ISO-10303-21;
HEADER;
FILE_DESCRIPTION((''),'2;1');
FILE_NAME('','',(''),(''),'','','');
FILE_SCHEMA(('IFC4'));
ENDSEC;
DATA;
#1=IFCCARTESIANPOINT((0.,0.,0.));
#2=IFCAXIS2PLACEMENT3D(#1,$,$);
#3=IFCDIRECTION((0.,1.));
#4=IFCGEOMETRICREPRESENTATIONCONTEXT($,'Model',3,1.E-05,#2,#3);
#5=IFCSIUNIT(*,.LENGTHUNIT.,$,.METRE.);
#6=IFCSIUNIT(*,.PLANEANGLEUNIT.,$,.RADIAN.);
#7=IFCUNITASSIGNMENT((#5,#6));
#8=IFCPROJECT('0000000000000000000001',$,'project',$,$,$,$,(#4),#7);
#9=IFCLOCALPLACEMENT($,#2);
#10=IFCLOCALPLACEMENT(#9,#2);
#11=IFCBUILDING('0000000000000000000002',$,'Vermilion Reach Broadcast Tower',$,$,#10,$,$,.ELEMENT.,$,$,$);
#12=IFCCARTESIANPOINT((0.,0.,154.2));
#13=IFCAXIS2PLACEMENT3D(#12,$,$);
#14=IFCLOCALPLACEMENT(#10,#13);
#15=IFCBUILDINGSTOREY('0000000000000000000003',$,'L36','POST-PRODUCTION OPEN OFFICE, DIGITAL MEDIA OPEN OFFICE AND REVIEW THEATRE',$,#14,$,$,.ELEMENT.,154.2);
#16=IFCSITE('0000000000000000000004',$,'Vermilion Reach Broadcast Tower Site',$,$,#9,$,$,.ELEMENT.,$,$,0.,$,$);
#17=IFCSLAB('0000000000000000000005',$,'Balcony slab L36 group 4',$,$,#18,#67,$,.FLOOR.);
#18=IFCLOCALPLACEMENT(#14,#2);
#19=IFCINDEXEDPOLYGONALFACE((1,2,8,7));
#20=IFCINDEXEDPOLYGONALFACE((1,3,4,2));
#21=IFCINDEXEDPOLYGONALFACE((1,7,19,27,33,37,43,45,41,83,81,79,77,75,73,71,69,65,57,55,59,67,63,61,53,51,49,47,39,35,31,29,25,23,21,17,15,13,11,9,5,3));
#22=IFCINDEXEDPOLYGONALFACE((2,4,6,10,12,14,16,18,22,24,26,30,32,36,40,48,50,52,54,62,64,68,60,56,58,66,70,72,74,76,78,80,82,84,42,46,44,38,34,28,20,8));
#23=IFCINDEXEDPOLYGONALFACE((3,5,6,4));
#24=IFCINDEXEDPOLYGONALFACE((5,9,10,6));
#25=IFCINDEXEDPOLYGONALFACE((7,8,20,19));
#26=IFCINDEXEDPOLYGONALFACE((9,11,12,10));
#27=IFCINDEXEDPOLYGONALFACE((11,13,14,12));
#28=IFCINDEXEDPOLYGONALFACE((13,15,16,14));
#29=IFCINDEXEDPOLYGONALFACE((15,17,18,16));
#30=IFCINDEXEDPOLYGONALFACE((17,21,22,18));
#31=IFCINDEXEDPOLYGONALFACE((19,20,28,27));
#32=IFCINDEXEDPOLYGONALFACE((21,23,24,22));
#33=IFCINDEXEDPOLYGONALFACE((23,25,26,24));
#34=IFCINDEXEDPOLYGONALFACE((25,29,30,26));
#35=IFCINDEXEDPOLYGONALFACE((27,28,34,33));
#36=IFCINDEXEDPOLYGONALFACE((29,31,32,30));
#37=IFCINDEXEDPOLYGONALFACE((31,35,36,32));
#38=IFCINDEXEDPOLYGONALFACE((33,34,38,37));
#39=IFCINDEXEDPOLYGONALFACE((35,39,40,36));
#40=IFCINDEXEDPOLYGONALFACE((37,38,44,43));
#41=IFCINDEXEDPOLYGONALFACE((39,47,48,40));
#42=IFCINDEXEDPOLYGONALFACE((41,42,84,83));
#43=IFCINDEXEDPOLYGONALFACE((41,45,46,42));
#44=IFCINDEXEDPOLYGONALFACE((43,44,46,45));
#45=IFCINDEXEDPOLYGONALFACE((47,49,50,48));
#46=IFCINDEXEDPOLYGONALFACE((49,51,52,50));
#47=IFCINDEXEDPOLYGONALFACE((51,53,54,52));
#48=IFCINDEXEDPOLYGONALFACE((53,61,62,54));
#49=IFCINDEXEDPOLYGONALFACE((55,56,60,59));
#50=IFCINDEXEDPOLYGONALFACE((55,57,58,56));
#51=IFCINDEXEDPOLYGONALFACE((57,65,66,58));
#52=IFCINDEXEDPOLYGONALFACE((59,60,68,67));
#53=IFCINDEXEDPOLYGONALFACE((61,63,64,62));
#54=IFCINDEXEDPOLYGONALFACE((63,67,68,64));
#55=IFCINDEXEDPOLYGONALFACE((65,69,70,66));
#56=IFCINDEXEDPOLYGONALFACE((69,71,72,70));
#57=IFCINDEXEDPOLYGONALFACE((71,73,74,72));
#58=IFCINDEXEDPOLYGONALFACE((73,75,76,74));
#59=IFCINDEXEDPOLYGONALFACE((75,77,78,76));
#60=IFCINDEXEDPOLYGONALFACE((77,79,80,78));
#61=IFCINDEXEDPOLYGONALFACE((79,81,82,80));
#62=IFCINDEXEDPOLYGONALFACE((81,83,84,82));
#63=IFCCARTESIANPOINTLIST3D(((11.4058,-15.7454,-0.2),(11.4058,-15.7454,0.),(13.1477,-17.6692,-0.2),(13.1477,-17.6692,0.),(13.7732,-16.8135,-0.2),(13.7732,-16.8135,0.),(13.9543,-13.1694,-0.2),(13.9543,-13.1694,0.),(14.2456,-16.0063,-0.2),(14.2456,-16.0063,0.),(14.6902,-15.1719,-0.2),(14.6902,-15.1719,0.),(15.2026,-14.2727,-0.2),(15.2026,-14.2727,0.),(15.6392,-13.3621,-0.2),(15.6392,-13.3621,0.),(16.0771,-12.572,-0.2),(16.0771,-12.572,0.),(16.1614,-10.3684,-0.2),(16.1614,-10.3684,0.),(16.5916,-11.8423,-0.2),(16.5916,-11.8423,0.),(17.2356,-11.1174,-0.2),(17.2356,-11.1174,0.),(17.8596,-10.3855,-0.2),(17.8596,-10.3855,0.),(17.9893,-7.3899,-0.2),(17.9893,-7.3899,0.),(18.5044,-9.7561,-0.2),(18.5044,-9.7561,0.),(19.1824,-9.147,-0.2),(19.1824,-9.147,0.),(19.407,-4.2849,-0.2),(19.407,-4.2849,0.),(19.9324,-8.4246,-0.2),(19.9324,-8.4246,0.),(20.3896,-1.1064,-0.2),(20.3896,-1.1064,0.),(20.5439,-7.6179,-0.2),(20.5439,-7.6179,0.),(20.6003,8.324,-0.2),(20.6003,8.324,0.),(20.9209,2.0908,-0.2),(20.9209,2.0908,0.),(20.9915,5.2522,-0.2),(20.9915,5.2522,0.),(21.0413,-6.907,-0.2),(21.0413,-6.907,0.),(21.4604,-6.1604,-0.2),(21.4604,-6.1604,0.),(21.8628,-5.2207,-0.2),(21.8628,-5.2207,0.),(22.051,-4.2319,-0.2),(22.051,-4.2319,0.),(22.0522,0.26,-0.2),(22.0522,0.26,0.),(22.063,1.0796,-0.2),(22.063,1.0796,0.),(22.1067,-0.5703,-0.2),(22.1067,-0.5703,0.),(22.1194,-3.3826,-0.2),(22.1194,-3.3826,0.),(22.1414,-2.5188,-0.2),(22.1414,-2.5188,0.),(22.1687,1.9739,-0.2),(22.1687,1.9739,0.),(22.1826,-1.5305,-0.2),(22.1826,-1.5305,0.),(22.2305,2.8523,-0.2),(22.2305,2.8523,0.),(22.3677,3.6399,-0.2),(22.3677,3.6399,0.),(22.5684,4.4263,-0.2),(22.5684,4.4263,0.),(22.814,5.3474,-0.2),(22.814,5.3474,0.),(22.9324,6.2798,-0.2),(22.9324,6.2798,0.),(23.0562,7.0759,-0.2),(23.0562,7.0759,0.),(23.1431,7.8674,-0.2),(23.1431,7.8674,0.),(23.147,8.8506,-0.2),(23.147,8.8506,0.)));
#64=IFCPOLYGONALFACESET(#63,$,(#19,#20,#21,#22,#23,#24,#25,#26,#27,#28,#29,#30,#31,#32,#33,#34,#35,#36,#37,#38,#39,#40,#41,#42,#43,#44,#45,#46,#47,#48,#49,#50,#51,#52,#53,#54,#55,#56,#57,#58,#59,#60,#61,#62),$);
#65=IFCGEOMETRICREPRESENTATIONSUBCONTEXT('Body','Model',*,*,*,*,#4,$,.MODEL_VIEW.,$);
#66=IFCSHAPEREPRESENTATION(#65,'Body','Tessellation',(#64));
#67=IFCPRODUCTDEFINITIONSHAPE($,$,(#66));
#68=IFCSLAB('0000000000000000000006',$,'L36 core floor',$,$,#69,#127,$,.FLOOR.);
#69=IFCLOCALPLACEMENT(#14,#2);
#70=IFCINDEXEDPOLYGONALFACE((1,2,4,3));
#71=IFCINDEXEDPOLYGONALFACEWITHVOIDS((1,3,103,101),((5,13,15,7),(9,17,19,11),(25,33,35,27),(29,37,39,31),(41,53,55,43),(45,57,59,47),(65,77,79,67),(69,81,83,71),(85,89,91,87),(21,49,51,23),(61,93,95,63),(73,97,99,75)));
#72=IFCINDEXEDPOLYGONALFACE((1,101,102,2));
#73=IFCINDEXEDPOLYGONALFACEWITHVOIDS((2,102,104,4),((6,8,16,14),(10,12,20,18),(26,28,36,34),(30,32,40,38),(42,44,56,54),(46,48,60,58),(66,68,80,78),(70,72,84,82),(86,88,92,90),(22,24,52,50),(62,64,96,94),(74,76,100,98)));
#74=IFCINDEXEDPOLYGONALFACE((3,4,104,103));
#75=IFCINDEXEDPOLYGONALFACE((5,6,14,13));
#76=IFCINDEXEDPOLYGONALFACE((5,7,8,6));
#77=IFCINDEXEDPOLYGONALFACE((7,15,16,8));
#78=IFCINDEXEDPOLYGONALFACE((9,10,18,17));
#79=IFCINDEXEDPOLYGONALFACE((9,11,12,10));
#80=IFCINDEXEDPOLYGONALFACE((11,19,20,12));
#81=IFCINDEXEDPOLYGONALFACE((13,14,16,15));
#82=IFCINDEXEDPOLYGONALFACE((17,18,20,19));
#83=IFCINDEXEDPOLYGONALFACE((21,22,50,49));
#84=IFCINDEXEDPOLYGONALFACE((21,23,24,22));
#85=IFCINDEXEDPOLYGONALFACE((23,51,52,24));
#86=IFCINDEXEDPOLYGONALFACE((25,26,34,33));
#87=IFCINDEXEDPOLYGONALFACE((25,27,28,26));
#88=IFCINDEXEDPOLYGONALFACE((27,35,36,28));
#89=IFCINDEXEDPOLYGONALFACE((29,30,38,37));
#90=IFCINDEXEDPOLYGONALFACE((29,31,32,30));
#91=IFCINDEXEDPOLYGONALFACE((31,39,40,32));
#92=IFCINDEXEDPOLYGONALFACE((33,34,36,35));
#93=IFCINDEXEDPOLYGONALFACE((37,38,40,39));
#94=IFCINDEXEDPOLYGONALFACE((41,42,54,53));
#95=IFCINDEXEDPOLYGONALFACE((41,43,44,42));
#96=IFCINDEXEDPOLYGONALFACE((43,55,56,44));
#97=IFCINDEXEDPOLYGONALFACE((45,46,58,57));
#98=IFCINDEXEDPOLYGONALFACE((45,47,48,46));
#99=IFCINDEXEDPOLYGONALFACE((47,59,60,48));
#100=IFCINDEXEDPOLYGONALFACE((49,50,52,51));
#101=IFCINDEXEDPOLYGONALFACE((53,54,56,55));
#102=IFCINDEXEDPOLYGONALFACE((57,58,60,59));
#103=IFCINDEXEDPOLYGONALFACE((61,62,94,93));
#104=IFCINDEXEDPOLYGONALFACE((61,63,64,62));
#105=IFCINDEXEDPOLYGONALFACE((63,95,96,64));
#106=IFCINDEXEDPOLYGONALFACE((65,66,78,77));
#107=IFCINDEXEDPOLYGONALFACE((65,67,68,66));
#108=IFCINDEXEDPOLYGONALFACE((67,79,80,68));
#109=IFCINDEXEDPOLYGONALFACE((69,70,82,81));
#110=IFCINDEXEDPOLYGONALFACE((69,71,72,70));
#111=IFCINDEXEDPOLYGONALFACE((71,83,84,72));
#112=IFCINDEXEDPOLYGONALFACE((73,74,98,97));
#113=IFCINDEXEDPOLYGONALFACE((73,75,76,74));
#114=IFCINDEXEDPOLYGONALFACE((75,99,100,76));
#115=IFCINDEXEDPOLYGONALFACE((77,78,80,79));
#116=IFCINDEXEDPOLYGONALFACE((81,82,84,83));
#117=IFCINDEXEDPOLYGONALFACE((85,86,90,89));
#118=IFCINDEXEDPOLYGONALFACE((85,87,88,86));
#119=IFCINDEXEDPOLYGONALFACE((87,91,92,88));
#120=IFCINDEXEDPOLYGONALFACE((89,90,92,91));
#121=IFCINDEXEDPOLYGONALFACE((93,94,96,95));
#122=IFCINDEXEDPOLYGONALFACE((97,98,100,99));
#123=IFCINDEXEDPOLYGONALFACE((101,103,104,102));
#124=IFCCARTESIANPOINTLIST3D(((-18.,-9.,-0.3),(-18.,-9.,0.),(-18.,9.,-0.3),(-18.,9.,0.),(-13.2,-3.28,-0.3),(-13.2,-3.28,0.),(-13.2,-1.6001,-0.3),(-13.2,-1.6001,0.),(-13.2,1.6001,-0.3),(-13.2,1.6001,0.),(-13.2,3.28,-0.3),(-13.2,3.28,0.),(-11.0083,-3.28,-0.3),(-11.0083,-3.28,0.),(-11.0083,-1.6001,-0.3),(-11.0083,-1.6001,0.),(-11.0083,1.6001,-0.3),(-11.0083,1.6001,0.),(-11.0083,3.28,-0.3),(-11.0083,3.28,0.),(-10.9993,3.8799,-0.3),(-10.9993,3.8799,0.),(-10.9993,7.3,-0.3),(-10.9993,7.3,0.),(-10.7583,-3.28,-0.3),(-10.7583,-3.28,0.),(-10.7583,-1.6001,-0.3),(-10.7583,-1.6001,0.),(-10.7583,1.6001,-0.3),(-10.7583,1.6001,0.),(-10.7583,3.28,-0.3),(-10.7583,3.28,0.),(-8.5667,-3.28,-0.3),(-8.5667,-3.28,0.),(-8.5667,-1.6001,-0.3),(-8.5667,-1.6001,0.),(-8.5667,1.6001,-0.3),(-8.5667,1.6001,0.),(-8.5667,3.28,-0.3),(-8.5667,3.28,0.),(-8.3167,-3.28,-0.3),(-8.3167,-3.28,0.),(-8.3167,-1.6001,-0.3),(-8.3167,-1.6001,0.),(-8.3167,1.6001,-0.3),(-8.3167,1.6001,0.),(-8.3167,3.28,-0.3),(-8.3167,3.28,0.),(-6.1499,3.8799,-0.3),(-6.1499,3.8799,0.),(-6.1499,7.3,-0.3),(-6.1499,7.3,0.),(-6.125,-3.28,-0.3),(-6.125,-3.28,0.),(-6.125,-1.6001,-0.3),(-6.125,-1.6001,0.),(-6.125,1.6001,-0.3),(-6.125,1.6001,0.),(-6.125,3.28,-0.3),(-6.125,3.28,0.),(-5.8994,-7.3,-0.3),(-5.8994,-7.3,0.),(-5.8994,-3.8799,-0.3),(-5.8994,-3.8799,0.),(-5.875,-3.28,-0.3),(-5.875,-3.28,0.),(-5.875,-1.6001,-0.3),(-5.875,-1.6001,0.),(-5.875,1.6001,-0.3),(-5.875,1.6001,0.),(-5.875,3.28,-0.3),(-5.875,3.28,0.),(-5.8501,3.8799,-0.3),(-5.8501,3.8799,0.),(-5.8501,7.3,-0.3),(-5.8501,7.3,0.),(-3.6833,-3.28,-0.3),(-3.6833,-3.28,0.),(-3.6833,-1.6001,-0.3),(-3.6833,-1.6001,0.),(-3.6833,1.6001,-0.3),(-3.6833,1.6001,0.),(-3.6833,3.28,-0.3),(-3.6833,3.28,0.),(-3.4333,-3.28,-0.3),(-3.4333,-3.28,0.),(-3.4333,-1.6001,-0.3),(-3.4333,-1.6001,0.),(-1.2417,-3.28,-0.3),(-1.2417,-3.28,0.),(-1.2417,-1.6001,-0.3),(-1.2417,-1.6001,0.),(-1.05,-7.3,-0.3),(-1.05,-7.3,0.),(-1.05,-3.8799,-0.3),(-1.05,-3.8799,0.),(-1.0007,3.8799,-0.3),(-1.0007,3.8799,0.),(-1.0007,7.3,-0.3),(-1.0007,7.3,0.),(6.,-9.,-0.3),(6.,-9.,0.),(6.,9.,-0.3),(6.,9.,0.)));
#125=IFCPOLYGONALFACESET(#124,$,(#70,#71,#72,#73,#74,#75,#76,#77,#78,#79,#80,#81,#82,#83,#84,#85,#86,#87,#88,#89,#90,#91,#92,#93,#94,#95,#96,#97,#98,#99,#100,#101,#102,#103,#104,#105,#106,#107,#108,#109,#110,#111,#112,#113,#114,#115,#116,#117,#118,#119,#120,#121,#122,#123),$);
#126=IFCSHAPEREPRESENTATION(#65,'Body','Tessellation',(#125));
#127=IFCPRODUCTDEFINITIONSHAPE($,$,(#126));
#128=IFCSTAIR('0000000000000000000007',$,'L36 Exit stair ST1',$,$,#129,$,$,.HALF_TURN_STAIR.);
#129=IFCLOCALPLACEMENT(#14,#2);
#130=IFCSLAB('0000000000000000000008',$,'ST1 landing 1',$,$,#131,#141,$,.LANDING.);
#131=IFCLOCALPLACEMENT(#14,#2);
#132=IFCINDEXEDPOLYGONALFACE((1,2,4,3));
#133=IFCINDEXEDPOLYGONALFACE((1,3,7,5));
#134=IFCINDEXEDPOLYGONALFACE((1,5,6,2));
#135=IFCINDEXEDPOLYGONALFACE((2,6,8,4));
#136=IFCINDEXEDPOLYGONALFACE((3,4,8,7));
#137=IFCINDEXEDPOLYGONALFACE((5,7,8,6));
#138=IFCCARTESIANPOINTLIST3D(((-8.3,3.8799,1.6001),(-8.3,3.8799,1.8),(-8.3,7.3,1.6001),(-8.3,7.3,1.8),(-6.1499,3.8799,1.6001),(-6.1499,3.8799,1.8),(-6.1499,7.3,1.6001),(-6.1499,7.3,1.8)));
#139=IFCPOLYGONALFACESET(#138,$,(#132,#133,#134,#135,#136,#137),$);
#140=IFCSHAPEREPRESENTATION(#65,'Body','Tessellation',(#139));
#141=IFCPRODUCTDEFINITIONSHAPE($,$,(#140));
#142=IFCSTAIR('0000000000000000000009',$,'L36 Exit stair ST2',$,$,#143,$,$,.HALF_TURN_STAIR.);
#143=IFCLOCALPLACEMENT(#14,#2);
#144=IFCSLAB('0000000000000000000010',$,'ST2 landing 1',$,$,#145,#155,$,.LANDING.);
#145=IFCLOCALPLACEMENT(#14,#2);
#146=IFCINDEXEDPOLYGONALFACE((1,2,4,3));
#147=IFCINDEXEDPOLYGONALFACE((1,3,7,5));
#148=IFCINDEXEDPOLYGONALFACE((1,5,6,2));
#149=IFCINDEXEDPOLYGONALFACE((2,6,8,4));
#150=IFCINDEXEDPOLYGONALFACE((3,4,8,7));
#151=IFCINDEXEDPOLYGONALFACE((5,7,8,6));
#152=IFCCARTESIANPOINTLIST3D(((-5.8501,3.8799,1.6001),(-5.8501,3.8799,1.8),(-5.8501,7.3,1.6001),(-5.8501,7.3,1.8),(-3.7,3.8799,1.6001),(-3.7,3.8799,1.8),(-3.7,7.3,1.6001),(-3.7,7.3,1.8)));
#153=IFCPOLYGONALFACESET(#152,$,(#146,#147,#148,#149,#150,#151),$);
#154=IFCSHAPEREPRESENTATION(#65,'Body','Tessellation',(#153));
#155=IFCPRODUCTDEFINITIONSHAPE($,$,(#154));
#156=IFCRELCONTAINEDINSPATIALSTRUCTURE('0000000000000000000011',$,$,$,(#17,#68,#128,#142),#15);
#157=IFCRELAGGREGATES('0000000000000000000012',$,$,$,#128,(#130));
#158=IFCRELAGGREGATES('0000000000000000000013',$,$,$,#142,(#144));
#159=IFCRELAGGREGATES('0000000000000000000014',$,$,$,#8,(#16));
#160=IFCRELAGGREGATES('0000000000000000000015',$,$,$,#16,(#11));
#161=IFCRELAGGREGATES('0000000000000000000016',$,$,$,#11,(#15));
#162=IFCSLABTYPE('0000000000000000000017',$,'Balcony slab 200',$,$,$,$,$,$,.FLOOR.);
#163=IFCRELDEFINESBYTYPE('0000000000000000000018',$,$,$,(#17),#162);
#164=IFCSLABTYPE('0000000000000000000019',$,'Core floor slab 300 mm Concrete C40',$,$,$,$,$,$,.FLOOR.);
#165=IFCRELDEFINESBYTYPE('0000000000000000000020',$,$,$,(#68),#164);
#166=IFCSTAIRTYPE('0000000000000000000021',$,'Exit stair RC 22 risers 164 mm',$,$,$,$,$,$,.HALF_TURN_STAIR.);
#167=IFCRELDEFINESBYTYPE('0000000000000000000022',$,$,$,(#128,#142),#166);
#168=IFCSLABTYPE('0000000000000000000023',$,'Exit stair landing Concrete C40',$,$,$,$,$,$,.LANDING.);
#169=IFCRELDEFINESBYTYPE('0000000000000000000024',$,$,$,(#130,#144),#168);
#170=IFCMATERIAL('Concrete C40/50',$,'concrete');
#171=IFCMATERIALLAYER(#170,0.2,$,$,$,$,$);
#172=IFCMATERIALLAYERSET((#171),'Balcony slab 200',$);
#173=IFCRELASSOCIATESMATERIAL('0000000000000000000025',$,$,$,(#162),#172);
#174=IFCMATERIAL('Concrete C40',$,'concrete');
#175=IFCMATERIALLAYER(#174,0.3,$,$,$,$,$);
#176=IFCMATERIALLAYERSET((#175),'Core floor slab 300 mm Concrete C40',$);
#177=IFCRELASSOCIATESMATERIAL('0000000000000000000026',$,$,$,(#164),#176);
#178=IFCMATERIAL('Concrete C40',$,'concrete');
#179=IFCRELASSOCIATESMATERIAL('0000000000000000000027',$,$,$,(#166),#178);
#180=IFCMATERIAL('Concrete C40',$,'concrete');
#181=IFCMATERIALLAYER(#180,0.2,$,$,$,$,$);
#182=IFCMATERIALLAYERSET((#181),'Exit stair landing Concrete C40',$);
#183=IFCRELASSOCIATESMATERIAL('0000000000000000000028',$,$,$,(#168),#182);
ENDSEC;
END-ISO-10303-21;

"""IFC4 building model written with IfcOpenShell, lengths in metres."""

from ifc_helpers import new_model, si_unit, direction, frame, origin, place, context, subcontext, project, spatial, polyline, outline, extrude, material, layer, layer_set, type_object, element, aggregate, save


model = new_model("IFC4")

# Units and contexts
model_context = context("Model", 3, precision=1e-05, world=origin(), true_north=direction((0.0, 1.0)))
body_context = subcontext(model_context, "Body", "Model", "MODEL_VIEW")
ifc_project = project(units=[si_unit("LENGTHUNIT", "METRE"), si_unit("PLANEANGLEUNIT", "RADIAN")], contexts=[model_context])

# Site, building, storey
site_placement = place(None, origin())
site = spatial("IfcSite", under=ifc_project, at=site_placement, Name="Vermilion Reach Broadcast Tower Site", CompositionType="ELEMENT", RefElevation=0.0)
building_placement = place(site_placement, origin())
building = spatial("IfcBuilding", under=site, at=building_placement, Name="Vermilion Reach Broadcast Tower", CompositionType="ELEMENT")
storey_placement = place(building_placement, frame((0.0, 0.0, 154.2)))
storey = spatial("IfcBuildingStorey", under=building, at=storey_placement, Name="L36", Description="POST-PRODUCTION OPEN OFFICE, DIGITAL MEDIA OPEN OFFICE AND REVIEW THEATRE", CompositionType="ELEMENT", Elevation=154.2)

# Slabs
ifc_material_1 = material(Name="Concrete C40/50", Category="concrete")
ifc_layer_1 = layer(ifc_material_1, 0.2)
ifc_layer_set_1 = layer_set([ifc_layer_1], Name="Balcony slab 200")
slab_type_1 = type_object("IfcSlabType", Name="Balcony slab 200", PredefinedType="FLOOR", material=ifc_layer_set_1)
placement_1 = place(storey_placement, frame((0.0, 0.0, -0.2)))
element("IfcSlab", 1, at=placement_1, inside=storey, type_object=slab_type_1, Name="Balcony slab L36 group 4", PredefinedType="FLOOR", context=body_context, shape_type="SweptSolid", body=[
    extrude(outline(polyline([(11.4058, -15.7454), (13.9543, -13.1694), (16.1614, -10.3684), (17.9893, -7.3899), (19.407, -4.2849), (20.3896, -1.1064), (20.9209, 2.0908), (20.9915, 5.2522), (20.6003, 8.324), (23.147, 8.8506), (23.1431, 7.8674), (23.0562, 7.0759), (22.9324, 6.2798), (22.814, 5.3474), (22.5684, 4.4263), (22.3677, 3.6399), (22.2305, 2.8523), (22.1687, 1.9739), (22.063, 1.0796), (22.0522, 0.26), (22.1067, -0.5703), (22.1826, -1.5305), (22.1414, -2.5188), (22.1194, -3.3826), (22.051, -4.2319), (21.8628, -5.2207), (21.4604, -6.1604), (21.0413, -6.907), (20.5439, -7.6179), (19.9324, -8.4246), (19.1824, -9.147), (18.5044, -9.7561), (17.8596, -10.3855), (17.2356, -11.1174), (16.5916, -11.8423), (16.0771, -12.572), (15.6392, -13.3621), (15.2026, -14.2727), (14.6902, -15.1719), (14.2456, -16.0063), (13.7732, -16.8135), (13.1477, -17.6692), (11.4058, -15.7454)])), origin(), (0.0, 0.0, 1.0), 0.2),
])
ifc_material_2 = material(Name="Concrete C40", Category="concrete")
ifc_layer_2 = layer(ifc_material_2, 0.3)
ifc_layer_set_2 = layer_set([ifc_layer_2], Name="Core floor slab 300 mm Concrete C40")
slab_type_2 = type_object("IfcSlabType", Name="Core floor slab 300 mm Concrete C40", PredefinedType="FLOOR", material=ifc_layer_set_2)
slab_1_placement = place(storey_placement, frame((0.0, 0.0, -0.3)))
element("IfcSlab", 2, at=slab_1_placement, inside=storey, type_object=slab_type_2, Name="L36 core floor", PredefinedType="FLOOR", context=body_context, shape_type="SweptSolid", body=[
    extrude(outline(polyline([(-18.0, -9.0), (6.0, -9.0), (6.0, 9.0), (-18.0, 9.0), (-18.0, -9.0)]), holes=[polyline([(-13.2, 1.6001), (-11.0083, 1.6001), (-11.0083, 3.28), (-13.2, 3.28), (-13.2, 1.6001)]), polyline([(-10.7583, 1.6001), (-8.5667, 1.6001), (-8.5667, 3.28), (-10.7583, 3.28), (-10.7583, 1.6001)]), polyline([(-8.3167, 1.6001), (-6.125, 1.6001), (-6.125, 3.28), (-8.3167, 3.28), (-8.3167, 1.6001)]), polyline([(-5.875, 1.6001), (-3.6833, 1.6001), (-3.6833, 3.28), (-5.875, 3.28), (-5.875, 1.6001)]), polyline([(-13.2, -3.28), (-11.0083, -3.28), (-11.0083, -1.6001), (-13.2, -1.6001), (-13.2, -3.28)]), polyline([(-10.7583, -3.28), (-8.5667, -3.28), (-8.5667, -1.6001), (-10.7583, -1.6001), (-10.7583, -3.28)]), polyline([(-8.3167, -3.28), (-6.125, -3.28), (-6.125, -1.6001), (-8.3167, -1.6001), (-8.3167, -3.28)]), polyline([(-5.875, -3.28), (-3.6833, -3.28), (-3.6833, -1.6001), (-5.875, -1.6001), (-5.875, -3.28)]), polyline([(-3.4333, -3.28), (-1.2417, -3.28), (-1.2417, -1.6001), (-3.4333, -1.6001), (-3.4333, -3.28)]), polyline([(-10.9993, 3.8799), (-6.1499, 3.8799), (-6.1499, 7.3), (-10.9993, 7.3), (-10.9993, 3.8799)]), polyline([(-1.0007, 7.3), (-5.8501, 7.3), (-5.8501, 3.8799), (-1.0007, 3.8799), (-1.0007, 7.3)]), polyline([(-5.8994, -7.3), (-1.05, -7.3), (-1.05, -3.8799), (-5.8994, -3.8799), (-5.8994, -7.3)])]), origin(), (0.0, 0.0, 1.0), 0.3),
])

# Stairs, slabs
ifc_material_3 = material(Name="Concrete C40", Category="concrete")
stair_type = type_object("IfcStairType", Name="Exit stair RC 22 risers 164 mm", PredefinedType="HALF_TURN_STAIR", material=ifc_material_3)
placement_2 = place(storey_placement, origin())
stair_1 = element("IfcStair", 3, at=placement_2, inside=storey, type_object=stair_type, Name="L36 Exit stair ST1", PredefinedType="HALF_TURN_STAIR")
ifc_material_4 = material(Name="Concrete C40", Category="concrete")
ifc_layer_3 = layer(ifc_material_4, 0.2)
ifc_layer_set_3 = layer_set([ifc_layer_3], Name="Exit stair landing Concrete C40")
slab_type_3 = type_object("IfcSlabType", Name="Exit stair landing Concrete C40", PredefinedType="LANDING", material=ifc_layer_set_3)
placement_3 = place(storey_placement, frame((0.0, 0.0, 1.6001)))
slab_2 = element("IfcSlab", 4, at=placement_3, type_object=slab_type_3, Name="ST1 landing 1", PredefinedType="LANDING", context=body_context, shape_type="SweptSolid", body=[
    extrude(outline(polyline([(-8.3, 3.8799), (-6.1499, 3.8799), (-6.1499, 7.3), (-8.3, 7.3), (-8.3, 3.8799)])), origin(), (0.0, 0.0, 1.0), 0.2),
])
aggregate(stair_1, [slab_2])
stair_2 = element("IfcStair", 5, at=placement_2, inside=storey, type_object=stair_type, Name="L36 Exit stair ST2", PredefinedType="HALF_TURN_STAIR")
slab_3 = element("IfcSlab", 6, at=placement_3, type_object=slab_type_3, Name="ST2 landing 1", PredefinedType="LANDING", context=body_context, shape_type="SweptSolid", body=[
    extrude(outline(polyline([(-3.7, 7.3), (-5.8501, 7.3), (-5.8501, 3.8799), (-3.7, 3.8799), (-3.7, 7.3)])), origin(), (0.0, 0.0, 1.0), 0.2),
])
aggregate(stair_2, [slab_3])

save(model, "model.ifc")
